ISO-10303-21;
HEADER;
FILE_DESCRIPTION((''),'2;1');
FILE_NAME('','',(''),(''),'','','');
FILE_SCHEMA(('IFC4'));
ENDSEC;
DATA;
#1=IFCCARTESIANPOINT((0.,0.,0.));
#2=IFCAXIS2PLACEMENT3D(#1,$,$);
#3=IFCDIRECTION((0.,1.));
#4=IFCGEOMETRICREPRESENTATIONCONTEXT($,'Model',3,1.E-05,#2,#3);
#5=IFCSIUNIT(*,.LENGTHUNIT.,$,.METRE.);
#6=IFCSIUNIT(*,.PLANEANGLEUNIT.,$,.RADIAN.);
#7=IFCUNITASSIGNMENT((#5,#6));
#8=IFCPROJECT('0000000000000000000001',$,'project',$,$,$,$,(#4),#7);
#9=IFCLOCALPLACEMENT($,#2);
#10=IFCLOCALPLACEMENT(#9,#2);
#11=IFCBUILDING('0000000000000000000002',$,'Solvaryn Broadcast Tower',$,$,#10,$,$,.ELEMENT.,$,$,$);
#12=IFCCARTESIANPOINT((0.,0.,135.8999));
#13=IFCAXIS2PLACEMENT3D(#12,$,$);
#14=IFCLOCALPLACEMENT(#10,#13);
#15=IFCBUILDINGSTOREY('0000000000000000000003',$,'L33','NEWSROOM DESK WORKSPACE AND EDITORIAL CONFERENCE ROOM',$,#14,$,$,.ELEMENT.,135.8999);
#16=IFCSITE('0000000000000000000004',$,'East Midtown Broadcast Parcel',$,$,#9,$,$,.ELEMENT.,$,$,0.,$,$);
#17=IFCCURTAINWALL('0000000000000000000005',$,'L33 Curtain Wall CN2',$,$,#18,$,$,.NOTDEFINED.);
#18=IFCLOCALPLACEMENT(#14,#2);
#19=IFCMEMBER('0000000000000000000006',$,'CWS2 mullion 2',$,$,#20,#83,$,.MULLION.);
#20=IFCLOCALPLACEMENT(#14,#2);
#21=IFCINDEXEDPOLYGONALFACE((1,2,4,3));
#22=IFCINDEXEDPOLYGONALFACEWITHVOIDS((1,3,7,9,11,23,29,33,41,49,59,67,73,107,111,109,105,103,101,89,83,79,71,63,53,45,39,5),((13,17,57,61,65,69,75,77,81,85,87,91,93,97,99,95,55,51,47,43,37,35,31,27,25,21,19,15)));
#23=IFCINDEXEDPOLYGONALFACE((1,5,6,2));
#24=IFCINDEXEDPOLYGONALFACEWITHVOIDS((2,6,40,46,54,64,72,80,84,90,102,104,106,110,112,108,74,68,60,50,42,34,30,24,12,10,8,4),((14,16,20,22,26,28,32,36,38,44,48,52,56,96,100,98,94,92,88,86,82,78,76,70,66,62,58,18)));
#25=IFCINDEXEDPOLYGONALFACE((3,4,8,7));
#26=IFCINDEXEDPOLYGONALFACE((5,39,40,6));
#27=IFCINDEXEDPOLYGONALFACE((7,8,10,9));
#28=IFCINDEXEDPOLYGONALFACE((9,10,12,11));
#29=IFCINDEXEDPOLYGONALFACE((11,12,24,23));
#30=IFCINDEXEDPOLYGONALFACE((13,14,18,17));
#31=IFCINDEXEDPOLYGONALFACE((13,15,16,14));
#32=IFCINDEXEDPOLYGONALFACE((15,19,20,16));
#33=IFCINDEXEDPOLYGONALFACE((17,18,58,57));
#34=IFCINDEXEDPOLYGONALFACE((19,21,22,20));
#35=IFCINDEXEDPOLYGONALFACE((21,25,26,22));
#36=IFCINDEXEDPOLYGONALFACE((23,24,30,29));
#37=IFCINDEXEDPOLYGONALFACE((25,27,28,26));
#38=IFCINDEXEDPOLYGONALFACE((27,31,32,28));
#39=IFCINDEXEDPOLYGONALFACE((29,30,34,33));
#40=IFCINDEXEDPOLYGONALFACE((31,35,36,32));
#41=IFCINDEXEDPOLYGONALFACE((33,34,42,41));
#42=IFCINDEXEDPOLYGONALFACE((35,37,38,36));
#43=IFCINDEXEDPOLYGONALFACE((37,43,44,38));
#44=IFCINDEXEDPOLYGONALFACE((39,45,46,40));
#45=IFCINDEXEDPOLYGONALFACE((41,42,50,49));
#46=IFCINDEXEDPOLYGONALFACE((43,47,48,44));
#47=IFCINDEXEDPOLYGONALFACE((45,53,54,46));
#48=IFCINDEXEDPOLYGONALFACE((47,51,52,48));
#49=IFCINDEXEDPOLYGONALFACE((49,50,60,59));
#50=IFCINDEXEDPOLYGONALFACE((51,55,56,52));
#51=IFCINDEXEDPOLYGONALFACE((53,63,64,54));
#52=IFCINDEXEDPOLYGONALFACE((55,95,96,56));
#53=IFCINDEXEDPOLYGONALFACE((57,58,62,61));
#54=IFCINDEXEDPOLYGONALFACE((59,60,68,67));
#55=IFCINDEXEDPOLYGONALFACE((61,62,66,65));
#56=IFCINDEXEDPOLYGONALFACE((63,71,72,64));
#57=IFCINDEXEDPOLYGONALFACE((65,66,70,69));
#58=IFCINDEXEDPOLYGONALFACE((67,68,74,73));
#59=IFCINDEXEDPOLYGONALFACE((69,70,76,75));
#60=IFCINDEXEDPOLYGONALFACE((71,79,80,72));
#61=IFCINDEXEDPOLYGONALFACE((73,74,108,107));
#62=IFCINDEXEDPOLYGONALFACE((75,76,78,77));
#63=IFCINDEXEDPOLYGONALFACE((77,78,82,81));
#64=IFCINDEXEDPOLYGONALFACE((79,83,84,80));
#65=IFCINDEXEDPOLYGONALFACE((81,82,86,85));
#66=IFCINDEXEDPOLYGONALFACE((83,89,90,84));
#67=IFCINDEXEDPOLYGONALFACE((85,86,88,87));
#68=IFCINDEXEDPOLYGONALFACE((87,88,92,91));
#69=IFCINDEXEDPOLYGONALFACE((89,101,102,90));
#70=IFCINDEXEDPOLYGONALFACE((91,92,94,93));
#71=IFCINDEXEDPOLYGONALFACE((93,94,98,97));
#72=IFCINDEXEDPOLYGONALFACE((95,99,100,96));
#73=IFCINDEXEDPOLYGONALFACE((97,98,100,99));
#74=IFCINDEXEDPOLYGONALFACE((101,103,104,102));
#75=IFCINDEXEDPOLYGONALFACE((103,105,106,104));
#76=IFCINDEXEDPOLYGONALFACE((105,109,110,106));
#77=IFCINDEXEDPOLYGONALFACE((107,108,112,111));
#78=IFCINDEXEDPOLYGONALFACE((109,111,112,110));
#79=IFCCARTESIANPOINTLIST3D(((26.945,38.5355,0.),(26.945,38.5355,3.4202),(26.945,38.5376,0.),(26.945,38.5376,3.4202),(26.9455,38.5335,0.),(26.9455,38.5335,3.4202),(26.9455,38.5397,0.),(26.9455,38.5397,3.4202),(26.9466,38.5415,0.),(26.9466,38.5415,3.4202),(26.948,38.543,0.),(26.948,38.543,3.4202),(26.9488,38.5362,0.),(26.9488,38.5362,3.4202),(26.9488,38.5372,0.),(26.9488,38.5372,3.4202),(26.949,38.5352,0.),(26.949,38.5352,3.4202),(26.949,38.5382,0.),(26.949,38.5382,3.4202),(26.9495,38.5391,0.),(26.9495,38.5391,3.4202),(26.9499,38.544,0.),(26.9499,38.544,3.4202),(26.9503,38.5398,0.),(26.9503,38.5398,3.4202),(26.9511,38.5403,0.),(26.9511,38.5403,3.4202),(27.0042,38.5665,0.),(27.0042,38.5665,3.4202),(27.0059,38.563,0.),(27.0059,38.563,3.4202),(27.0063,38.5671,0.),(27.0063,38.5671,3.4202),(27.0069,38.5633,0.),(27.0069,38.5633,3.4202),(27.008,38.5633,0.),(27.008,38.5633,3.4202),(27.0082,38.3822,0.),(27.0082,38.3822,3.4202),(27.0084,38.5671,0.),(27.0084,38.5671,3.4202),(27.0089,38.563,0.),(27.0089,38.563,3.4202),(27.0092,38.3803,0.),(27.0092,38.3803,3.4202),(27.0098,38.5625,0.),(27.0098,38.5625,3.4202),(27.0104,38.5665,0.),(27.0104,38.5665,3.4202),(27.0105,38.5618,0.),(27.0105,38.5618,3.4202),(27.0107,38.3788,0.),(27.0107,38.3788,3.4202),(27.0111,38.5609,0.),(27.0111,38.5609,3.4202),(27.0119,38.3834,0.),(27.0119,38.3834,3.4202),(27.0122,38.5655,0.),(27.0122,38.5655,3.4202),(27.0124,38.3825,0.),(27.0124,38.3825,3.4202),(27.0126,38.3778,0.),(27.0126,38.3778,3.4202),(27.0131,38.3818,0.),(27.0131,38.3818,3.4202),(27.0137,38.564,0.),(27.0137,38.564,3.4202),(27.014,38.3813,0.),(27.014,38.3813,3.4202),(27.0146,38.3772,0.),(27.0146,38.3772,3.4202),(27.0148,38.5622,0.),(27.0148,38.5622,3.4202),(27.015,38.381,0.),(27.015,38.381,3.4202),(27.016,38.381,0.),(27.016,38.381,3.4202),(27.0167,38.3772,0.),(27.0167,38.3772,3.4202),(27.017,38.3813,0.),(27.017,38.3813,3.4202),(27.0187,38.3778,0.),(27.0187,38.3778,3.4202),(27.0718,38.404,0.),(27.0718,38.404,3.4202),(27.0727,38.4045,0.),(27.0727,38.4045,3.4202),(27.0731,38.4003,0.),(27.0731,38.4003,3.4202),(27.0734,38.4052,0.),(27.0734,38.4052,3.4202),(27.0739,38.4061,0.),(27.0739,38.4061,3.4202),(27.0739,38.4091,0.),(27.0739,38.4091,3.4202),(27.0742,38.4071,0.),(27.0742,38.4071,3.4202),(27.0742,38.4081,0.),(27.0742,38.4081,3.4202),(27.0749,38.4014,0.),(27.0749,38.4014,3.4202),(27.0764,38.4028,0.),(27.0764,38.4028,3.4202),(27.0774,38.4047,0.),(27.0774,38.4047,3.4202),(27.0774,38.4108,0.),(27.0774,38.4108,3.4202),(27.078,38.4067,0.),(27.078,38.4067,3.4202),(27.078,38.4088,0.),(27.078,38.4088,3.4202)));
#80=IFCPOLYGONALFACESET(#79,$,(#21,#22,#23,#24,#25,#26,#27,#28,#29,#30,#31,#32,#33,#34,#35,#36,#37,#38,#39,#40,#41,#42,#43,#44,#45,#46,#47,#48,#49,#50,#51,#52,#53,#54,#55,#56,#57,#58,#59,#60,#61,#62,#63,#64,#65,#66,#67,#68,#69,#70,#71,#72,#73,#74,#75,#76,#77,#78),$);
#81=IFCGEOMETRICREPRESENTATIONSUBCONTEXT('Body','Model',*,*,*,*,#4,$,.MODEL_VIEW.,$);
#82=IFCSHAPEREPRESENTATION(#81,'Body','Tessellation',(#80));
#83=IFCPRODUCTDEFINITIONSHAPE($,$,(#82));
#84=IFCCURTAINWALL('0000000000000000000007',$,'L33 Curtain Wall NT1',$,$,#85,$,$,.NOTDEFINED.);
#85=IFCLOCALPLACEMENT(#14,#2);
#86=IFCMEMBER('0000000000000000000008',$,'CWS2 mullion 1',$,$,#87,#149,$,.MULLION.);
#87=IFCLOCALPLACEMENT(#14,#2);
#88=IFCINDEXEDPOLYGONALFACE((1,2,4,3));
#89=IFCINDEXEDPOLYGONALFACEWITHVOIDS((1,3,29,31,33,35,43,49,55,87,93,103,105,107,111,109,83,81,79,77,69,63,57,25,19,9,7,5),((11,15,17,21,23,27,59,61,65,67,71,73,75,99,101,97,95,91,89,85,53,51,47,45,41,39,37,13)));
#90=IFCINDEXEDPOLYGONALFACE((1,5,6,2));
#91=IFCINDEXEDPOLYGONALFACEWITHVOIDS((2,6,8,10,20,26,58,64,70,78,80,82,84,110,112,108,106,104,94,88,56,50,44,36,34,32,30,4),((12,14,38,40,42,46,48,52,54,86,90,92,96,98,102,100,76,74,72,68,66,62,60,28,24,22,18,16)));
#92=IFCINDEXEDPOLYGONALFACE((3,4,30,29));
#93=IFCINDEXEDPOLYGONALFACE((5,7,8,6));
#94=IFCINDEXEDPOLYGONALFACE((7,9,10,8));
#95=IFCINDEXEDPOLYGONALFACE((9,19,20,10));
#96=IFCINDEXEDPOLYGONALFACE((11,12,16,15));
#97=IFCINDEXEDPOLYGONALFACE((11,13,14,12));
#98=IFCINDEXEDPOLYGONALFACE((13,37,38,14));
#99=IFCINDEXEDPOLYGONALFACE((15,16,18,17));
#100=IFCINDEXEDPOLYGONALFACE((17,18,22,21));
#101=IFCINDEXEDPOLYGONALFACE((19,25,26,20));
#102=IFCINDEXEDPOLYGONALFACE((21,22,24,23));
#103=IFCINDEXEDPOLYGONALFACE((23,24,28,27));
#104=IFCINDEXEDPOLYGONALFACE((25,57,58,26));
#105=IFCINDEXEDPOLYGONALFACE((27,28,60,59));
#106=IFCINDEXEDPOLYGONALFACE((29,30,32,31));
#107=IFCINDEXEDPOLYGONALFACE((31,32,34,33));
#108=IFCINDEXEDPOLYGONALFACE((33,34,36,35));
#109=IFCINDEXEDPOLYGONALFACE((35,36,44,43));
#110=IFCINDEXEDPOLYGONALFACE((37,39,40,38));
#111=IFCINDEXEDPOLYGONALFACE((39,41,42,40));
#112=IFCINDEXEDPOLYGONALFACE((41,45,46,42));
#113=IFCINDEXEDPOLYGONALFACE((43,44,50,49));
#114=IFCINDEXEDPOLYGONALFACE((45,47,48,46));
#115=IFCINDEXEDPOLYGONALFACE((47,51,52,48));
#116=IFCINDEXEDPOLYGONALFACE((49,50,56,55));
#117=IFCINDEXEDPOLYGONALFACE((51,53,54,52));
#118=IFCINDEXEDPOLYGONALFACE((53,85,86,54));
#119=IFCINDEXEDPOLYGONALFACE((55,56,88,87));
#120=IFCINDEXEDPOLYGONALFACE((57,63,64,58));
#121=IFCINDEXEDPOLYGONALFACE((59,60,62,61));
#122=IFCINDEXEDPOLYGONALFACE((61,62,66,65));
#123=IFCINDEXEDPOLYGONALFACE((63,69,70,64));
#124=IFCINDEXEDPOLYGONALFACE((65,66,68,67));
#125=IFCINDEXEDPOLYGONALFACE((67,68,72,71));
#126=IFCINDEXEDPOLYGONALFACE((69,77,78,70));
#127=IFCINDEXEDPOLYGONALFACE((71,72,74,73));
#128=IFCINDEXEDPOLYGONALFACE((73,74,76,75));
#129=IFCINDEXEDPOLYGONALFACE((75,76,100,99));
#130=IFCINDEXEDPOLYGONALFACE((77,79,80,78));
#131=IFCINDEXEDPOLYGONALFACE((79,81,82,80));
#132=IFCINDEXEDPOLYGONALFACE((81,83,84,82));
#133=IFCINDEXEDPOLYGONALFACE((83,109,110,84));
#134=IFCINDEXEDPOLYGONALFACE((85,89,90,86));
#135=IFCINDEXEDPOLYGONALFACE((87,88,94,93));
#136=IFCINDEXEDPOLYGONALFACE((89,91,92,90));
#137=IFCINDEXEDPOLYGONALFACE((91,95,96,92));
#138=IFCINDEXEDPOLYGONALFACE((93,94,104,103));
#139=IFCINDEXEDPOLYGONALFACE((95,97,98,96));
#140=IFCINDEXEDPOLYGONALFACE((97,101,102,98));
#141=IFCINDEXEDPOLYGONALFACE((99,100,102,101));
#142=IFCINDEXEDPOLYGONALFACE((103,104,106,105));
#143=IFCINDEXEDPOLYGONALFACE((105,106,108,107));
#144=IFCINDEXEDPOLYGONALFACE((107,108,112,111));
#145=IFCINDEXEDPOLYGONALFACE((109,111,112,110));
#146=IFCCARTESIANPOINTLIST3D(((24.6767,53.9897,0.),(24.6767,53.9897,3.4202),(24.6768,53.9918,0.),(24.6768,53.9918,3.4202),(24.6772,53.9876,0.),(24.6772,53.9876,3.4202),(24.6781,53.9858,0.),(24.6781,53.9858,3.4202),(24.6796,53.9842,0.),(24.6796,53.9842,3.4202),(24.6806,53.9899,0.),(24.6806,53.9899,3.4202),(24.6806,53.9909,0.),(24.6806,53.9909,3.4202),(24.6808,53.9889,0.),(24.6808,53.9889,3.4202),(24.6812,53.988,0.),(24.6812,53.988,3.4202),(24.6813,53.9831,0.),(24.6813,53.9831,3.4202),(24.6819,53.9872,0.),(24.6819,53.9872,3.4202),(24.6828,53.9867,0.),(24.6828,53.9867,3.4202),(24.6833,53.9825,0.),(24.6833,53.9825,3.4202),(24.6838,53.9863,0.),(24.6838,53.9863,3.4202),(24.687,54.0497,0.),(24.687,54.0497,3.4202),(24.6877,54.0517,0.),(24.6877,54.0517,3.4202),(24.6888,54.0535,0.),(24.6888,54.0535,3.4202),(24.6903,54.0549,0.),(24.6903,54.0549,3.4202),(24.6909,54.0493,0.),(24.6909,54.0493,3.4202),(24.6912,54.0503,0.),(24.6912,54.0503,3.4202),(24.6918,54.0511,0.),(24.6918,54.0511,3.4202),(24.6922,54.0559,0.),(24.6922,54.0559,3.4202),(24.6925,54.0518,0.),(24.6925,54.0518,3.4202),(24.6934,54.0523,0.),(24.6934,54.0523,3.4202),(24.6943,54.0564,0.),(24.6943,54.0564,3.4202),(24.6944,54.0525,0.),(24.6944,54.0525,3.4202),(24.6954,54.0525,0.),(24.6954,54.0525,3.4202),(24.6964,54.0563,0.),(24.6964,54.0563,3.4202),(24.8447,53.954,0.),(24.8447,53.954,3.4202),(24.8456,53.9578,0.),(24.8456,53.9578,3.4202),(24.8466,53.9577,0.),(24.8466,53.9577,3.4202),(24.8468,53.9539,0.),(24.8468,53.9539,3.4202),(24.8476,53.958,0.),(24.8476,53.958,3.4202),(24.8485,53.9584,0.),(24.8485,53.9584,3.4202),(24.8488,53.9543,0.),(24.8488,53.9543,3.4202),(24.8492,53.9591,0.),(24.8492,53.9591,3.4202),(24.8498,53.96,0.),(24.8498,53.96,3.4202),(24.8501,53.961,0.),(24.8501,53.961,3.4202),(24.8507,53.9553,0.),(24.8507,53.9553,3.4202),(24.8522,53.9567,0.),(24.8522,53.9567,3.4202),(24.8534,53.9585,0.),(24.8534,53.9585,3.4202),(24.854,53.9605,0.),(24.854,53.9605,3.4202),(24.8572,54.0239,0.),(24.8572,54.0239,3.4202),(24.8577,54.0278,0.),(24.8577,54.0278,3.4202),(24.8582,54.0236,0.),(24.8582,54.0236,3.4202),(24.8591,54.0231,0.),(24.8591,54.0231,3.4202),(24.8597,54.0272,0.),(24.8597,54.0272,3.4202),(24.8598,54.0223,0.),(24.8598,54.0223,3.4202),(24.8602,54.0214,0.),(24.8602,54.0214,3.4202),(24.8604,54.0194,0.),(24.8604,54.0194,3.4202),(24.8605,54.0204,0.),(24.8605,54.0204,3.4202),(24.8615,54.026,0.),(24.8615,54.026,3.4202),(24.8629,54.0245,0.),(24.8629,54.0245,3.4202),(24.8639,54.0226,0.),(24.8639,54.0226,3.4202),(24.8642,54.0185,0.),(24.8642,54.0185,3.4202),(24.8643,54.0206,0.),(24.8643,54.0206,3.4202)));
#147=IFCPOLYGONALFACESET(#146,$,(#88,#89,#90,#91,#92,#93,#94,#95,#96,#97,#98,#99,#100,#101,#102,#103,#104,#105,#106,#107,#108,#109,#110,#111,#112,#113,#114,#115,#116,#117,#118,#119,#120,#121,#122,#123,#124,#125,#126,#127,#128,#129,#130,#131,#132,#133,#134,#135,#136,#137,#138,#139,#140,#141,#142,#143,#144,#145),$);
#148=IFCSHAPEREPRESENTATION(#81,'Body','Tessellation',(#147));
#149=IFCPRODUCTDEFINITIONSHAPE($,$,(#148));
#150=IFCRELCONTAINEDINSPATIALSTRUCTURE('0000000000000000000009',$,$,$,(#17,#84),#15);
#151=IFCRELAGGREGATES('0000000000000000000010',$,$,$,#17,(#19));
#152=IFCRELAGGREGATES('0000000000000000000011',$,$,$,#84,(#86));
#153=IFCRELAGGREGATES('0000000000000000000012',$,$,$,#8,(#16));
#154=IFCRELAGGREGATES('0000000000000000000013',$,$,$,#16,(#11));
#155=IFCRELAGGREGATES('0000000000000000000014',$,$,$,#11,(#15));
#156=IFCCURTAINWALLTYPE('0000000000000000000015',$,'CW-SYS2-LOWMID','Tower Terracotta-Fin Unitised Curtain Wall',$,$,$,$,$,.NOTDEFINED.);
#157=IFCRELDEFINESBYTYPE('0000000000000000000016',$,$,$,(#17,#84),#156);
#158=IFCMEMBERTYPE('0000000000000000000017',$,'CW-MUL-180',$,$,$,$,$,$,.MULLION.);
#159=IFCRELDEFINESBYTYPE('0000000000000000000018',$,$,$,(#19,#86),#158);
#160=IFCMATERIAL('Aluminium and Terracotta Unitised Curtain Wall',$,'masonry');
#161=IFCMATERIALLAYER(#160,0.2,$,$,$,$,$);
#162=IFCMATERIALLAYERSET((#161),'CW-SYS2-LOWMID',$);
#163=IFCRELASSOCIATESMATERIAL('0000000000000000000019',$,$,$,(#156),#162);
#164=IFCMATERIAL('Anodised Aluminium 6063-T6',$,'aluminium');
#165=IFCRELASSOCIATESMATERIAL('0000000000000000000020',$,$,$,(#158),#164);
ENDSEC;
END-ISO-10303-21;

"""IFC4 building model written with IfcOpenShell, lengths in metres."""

from ifc_helpers import new_model, si_unit, direction, frame, origin, origin_2d, place, context, subcontext, project, spatial, hollow_rectangle, extrude, material, layer, layer_set, material_profile, profile_set, type_object, element, aggregate, save


model = new_model("IFC4")

# Units and contexts
model_context = context("Model", 3, precision=1e-05, world=origin(), true_north=direction((0.0, 1.0)))
body_context = subcontext(model_context, "Body", "Model", "MODEL_VIEW")
ifc_project = project(units=[si_unit("LENGTHUNIT", "METRE"), si_unit("PLANEANGLEUNIT", "RADIAN")], contexts=[model_context])

# Site, building, storey
site_placement = place(None, origin())
site = spatial("IfcSite", under=ifc_project, at=site_placement, Name="East Midtown Broadcast Parcel", CompositionType="ELEMENT", RefElevation=0.0)
building_placement = place(site_placement, origin())
building = spatial("IfcBuilding", under=site, at=building_placement, Name="Solvaryn Broadcast Tower", CompositionType="ELEMENT")
storey_placement = place(building_placement, frame((0.0, 0.0, 135.8999)))
storey = spatial("IfcBuildingStorey", under=building, at=storey_placement, Name="L33", Description="NEWSROOM DESK WORKSPACE AND EDITORIAL CONFERENCE ROOM", CompositionType="ELEMENT", Elevation=135.8999)

# Shared definitions
ifc_material_1 = material(Name="Aluminium and Terracotta Unitised Curtain Wall", Category="masonry")
ifc_layer_1 = layer(ifc_material_1, 0.2)
ifc_layer_set_1 = layer_set([ifc_layer_1], Name="CW-SYS2-LOWMID")
curtain_wall_type = type_object("IfcCurtainWallType", Name="CW-SYS2-LOWMID", Description="Tower Terracotta-Fin Unitised Curtain Wall", PredefinedType="NOTDEFINED", material=ifc_layer_set_1)
ifc_material_2 = material(Name="Anodised Aluminium 6063-T6", Category="aluminium")
ifc_material_profile_1 = material_profile(ifc_material_2, hollow_rectangle(XDim=0.075, YDim=0.1799, WallThickness=0.0039, InnerFilletRadius=0.0039, OuterFilletRadius=0.0081, at=origin_2d()))
ifc_profile_set_1 = profile_set([ifc_material_profile_1], Name="Anodised Aluminium 6063-T6")
member_type_1 = type_object("IfcMemberType", Name="CW-MUL-180", PredefinedType="MULLION", material=ifc_profile_set_1)

# Curtain walls, members
curtain_wall_1_placement = place(storey_placement, origin())
curtain_wall_1 = element("IfcCurtainWall", 1, at=curtain_wall_1_placement, inside=storey, type_object=curtain_wall_type, Name="L33 Curtain Wall CN2", PredefinedType="NOTDEFINED")
member_1_placement = place(storey_placement, frame((27.0115, 38.4722, 0.0), z_axis=(0.0, 0.0, 1.0), x_axis=(-0.923895, -0.382646, 0.0)))
member_1 = element("IfcMember", 2, at=member_1_placement, type_object=member_type_1, Name="CWS2 mullion 2", PredefinedType="MULLION", context=body_context, shape_type="SweptSolid", body=[
    extrude(hollow_rectangle(XDim=0.075, YDim=0.1799, WallThickness=0.0039, InnerFilletRadius=0.0039, OuterFilletRadius=0.0081, at=origin_2d()), origin(), (0.0, 0.0, 1.0), 3.4202),
])
aggregate(curtain_wall_1, [member_1])
curtain_wall_2_placement = place(storey_placement, origin())
curtain_wall_2 = element("IfcCurtainWall", 3, at=curtain_wall_2_placement, inside=storey, type_object=curtain_wall_type, Name="L33 Curtain Wall NT1", PredefinedType="NOTDEFINED")
member_2_placement = place(storey_placement, frame((24.7705, 54.0051, 0.0), z_axis=(0.0, 0.0, 1.0), x_axis=(-0.173785, -0.984784, 0.0)))
member_2 = element("IfcMember", 4, at=member_2_placement, type_object=member_type_1, Name="CWS2 mullion 1", PredefinedType="MULLION", context=body_context, shape_type="SweptSolid", body=[
    extrude(hollow_rectangle(XDim=0.075, YDim=0.1799, WallThickness=0.0039, InnerFilletRadius=0.0039, OuterFilletRadius=0.0081, at=origin_2d()), origin(), (0.0, 0.0, 1.0), 3.4202),
])

aggregate(curtain_wall_2, [member_2])

save(model, "model.ifc")
